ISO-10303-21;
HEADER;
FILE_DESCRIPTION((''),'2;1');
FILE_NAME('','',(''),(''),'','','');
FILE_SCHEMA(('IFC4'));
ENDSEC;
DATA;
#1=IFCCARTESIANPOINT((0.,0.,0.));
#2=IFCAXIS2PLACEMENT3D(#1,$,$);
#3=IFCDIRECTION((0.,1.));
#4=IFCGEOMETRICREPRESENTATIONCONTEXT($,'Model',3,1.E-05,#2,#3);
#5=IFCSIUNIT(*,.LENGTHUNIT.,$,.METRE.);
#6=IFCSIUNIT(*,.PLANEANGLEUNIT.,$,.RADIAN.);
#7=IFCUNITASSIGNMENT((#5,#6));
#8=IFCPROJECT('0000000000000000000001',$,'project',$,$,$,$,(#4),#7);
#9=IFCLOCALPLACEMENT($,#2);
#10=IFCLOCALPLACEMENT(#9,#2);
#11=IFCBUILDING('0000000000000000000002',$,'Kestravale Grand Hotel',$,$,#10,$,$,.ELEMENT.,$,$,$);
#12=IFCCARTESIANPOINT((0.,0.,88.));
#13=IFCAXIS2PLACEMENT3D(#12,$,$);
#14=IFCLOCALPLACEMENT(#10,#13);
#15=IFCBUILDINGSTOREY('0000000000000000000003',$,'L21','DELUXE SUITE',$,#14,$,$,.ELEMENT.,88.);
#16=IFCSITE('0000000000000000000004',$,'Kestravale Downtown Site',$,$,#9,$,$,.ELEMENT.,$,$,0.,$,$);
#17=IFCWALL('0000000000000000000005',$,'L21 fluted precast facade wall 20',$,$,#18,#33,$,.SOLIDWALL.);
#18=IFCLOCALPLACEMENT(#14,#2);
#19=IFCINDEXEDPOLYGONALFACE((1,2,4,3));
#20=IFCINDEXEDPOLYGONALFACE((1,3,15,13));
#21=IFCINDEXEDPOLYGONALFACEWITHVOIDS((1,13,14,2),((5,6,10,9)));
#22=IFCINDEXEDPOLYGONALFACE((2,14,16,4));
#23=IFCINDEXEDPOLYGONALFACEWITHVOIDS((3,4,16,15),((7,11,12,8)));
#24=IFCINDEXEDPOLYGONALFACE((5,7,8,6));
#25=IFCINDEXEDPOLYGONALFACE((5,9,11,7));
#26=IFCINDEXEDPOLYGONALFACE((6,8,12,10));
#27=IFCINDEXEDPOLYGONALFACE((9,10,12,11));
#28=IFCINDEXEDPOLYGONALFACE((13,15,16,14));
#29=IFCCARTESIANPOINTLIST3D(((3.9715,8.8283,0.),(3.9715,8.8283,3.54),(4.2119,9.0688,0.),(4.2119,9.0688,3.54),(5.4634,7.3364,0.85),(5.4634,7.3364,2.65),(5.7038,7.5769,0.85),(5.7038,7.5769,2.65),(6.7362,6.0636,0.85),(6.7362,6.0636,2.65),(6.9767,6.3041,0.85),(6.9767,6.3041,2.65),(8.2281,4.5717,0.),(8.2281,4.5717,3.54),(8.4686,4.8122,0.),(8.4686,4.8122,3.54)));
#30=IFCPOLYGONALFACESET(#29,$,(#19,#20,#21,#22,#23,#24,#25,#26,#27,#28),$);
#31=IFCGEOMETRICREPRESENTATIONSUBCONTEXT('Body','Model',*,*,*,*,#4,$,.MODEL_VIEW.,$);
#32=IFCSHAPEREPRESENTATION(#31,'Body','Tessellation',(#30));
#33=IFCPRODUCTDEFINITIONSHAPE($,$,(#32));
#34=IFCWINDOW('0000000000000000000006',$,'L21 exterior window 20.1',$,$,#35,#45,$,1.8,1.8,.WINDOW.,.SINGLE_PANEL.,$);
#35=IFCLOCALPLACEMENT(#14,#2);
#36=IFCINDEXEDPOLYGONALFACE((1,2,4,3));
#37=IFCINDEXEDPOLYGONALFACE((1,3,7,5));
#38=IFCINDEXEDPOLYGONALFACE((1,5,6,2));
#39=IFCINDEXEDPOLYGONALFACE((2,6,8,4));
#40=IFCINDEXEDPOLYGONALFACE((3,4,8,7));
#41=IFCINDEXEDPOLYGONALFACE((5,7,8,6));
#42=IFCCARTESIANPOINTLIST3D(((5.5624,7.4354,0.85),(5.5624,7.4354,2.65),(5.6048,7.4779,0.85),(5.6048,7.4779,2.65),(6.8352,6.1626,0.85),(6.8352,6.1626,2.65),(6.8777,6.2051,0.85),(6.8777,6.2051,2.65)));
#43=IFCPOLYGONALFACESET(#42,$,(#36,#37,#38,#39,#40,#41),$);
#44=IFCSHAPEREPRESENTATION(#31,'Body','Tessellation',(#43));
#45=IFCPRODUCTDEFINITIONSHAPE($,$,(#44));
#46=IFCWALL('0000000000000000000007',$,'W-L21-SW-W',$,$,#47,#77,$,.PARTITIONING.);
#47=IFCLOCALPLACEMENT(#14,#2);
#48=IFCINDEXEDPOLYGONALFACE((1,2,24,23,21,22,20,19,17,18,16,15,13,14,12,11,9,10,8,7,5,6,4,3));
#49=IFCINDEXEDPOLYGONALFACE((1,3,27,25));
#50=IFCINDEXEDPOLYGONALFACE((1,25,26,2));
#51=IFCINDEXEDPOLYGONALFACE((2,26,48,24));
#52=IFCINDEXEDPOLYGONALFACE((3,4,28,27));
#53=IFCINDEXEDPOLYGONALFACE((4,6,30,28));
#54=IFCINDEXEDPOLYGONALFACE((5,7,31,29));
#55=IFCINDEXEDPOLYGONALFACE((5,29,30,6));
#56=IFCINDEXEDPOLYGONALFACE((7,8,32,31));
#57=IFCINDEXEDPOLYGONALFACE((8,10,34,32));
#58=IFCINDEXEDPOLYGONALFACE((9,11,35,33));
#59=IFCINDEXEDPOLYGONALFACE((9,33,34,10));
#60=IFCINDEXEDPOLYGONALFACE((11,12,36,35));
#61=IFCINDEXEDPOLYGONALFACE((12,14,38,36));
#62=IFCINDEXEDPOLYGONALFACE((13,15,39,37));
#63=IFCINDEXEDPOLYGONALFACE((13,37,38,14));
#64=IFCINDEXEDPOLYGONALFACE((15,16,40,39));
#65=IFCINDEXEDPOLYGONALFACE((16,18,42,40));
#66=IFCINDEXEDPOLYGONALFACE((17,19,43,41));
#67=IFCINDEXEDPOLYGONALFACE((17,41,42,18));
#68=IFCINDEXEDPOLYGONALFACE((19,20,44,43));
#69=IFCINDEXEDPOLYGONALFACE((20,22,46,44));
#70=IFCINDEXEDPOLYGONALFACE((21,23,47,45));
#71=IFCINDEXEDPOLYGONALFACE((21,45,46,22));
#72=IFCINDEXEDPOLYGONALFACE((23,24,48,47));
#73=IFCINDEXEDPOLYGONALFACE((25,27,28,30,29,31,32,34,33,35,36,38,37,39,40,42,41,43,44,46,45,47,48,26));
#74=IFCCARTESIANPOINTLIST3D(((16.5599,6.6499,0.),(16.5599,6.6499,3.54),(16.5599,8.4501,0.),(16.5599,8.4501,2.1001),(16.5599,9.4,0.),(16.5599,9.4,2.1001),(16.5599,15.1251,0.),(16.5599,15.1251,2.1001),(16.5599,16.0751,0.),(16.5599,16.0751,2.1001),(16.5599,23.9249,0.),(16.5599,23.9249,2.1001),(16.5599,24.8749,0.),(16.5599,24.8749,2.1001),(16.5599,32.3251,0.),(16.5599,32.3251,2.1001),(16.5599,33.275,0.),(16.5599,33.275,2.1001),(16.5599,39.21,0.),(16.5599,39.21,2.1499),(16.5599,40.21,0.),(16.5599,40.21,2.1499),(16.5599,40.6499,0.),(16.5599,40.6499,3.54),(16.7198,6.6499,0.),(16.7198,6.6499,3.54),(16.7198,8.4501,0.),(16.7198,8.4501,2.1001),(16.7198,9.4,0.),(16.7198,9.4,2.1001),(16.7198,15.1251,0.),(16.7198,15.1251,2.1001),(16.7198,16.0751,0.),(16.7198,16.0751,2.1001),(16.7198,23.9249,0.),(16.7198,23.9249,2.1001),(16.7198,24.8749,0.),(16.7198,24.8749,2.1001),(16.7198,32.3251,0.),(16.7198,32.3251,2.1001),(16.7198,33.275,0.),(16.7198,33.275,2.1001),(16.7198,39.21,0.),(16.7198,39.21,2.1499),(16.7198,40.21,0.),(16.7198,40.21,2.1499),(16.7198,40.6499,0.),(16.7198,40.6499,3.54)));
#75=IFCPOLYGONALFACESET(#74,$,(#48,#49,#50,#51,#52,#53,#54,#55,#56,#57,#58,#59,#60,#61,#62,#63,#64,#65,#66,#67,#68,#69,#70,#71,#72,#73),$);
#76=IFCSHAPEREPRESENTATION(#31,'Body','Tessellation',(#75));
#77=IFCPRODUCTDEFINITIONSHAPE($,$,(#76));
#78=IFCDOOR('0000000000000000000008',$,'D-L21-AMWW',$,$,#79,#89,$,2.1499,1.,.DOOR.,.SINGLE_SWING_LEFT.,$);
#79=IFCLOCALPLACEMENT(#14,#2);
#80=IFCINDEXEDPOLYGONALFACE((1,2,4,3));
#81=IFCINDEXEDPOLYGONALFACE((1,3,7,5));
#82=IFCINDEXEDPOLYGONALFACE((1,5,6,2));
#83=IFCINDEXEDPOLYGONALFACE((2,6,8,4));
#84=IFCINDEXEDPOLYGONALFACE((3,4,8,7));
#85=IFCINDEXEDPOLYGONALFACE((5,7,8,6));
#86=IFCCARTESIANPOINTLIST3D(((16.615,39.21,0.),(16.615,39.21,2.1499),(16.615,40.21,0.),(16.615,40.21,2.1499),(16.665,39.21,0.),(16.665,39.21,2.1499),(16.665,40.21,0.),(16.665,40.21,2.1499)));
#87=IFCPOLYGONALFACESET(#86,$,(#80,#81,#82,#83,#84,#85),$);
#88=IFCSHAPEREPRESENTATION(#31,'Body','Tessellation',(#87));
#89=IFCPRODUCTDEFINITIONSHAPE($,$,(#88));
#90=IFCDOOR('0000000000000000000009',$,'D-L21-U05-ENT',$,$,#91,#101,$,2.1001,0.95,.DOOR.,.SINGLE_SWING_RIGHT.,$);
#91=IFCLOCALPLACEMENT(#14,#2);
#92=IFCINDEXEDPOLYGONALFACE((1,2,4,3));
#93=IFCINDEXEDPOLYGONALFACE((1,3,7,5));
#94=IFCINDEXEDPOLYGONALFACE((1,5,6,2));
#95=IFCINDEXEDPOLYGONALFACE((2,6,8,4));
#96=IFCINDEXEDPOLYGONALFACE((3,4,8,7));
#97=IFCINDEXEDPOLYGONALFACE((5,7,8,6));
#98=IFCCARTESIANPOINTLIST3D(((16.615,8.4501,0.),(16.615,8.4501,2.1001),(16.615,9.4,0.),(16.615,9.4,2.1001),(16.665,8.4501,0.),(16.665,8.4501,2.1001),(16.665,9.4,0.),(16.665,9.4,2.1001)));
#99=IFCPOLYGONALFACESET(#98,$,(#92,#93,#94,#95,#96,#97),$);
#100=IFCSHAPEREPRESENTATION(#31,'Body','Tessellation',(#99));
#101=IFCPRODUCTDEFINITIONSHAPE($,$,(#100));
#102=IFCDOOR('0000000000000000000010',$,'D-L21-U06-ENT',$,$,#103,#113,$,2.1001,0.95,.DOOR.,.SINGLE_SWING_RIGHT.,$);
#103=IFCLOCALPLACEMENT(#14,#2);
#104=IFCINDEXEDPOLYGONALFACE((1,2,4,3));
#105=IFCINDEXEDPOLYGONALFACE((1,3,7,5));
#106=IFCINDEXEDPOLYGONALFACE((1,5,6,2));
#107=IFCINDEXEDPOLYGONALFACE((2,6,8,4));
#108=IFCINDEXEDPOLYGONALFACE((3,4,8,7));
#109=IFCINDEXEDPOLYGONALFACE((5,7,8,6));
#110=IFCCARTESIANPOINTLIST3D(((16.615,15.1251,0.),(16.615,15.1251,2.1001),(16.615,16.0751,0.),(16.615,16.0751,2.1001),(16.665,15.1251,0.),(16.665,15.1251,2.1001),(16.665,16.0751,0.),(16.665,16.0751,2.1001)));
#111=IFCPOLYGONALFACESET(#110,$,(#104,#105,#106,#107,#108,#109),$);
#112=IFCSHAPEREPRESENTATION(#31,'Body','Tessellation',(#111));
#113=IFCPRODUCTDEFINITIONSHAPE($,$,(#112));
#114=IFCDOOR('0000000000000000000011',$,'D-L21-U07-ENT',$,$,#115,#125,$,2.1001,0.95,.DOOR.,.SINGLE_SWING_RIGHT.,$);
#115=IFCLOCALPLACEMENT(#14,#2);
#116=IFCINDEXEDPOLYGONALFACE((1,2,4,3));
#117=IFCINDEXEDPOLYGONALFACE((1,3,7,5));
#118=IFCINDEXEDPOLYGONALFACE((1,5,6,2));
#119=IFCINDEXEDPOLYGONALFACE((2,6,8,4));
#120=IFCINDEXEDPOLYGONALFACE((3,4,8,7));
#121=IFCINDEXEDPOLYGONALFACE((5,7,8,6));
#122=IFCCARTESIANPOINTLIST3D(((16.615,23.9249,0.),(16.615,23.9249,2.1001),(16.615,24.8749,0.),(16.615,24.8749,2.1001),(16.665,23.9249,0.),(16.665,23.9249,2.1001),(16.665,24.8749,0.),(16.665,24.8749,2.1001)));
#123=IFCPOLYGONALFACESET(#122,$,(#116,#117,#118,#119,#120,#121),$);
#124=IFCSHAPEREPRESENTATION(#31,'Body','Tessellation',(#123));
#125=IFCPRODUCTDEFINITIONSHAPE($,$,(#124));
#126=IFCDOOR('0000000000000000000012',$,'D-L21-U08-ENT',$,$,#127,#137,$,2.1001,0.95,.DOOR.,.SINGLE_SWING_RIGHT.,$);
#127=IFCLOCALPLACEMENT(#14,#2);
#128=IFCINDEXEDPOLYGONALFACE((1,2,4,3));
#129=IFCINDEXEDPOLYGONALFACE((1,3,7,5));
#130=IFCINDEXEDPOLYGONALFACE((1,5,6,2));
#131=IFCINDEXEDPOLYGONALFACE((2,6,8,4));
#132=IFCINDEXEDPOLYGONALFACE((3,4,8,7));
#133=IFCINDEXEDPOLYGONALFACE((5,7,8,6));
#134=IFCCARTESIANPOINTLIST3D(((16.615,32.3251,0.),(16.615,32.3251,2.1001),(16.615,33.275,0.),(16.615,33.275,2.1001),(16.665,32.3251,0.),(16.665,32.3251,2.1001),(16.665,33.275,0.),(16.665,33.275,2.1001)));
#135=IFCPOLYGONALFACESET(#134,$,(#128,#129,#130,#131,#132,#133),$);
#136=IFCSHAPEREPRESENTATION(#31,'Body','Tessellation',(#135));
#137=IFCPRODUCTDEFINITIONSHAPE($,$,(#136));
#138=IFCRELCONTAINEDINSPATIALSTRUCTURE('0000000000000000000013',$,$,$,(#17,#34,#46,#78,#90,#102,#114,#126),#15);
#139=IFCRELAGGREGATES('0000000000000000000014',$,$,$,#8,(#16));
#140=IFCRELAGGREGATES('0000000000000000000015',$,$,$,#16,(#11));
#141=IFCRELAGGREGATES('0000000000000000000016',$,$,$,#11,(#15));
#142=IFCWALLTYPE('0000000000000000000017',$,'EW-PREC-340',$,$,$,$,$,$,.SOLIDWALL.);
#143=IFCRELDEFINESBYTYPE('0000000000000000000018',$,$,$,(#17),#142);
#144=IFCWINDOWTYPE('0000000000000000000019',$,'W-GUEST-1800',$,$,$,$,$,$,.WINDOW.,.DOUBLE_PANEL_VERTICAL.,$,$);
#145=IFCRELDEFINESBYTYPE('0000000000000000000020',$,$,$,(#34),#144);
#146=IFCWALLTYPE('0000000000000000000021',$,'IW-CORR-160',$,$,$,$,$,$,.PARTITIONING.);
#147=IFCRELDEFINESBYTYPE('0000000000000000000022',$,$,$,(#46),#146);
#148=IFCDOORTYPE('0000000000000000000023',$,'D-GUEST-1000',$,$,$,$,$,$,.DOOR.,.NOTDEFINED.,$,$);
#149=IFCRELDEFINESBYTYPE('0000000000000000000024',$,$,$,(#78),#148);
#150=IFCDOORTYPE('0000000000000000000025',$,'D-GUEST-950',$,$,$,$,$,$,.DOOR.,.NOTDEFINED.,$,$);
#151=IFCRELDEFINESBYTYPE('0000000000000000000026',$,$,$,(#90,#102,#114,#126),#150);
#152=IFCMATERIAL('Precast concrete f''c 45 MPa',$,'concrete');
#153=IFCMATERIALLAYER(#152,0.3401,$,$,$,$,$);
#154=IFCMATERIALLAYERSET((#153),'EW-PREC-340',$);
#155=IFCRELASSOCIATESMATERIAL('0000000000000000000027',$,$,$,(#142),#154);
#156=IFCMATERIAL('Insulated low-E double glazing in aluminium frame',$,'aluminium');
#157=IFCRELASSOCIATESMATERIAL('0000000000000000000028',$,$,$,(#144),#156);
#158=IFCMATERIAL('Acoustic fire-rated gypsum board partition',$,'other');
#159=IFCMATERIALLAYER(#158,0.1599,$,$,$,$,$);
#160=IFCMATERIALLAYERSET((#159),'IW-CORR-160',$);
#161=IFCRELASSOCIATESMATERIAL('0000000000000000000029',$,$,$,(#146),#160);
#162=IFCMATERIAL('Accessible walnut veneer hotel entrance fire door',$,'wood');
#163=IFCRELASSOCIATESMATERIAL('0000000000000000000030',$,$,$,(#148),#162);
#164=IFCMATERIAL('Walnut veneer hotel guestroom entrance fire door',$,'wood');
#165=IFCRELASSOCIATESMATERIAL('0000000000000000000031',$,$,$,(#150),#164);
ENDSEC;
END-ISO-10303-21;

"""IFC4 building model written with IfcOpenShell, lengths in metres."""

from ifc_helpers import new_model, si_unit, direction, frame, frame_2d, origin, place, context, subcontext, project, spatial, rectangle, extrude, material, layer, layer_set, type_object, element, fill, save


model = new_model("IFC4")

# Units and contexts
model_context = context("Model", 3, precision=1e-05, world=origin(), true_north=direction((0.0, 1.0)))
body_context = subcontext(model_context, "Body", "Model", "MODEL_VIEW")
ifc_project = project(units=[si_unit("LENGTHUNIT", "METRE"), si_unit("PLANEANGLEUNIT", "RADIAN")], contexts=[model_context])

# Site, building, storey
site_placement = place(None, origin())
site = spatial("IfcSite", under=ifc_project, at=site_placement, Name="Kestravale Downtown Site", CompositionType="ELEMENT", RefElevation=0.0)
building_placement = place(site_placement, origin())
building = spatial("IfcBuilding", under=site, at=building_placement, Name="Kestravale Grand Hotel", CompositionType="ELEMENT")
storey_placement = place(building_placement, frame((0.0, 0.0, 88.0)))
storey = spatial("IfcBuildingStorey", under=building, at=storey_placement, Name="L21", Description="DELUXE SUITE", CompositionType="ELEMENT", Elevation=88.0)

# Shared definitions
ifc_material_1 = material(Name="Precast concrete f'c 45 MPa", Category="concrete")
ifc_layer_1 = layer(ifc_material_1, 0.3401)
ifc_layer_set_1 = layer_set([ifc_layer_1], Name="EW-PREC-340")
wall_type_1 = type_object("IfcWallType", Name="EW-PREC-340", PredefinedType="SOLIDWALL", material=ifc_layer_set_1)
ifc_material_2 = material(Name="Insulated low-E double glazing in aluminium frame", Category="aluminium")
window_type_1 = type_object("IfcWindowType", Name="W-GUEST-1800", PartitioningType="DOUBLE_PANEL_VERTICAL", PredefinedType="WINDOW", material=ifc_material_2)

# Wall, opening, window
wall_1_placement = place(storey_placement, frame((4.0918, 8.9485, 0.0), z_axis=(0.0, 0.0, 1.0), x_axis=(0.707107, -0.707107, 0.0)))
wall_1 = element("IfcWall", 1, at=wall_1_placement, inside=storey, type_object=wall_type_1, Name="L21 fluted precast facade wall 20", PredefinedType="SOLIDWALL", context=body_context, shape_type="SweptSolid", body=[
    extrude(rectangle(XDim=6.0198, YDim=0.3401, at=frame_2d((3.0098, 0.0))), origin(), (0.0, 0.0, 1.0), 3.54),
])
opening_1_placement = place(wall_1_placement, frame((2.1099, 0.0, 0.8501)))
opening_1 = element("IfcOpeningElement", 2, at=opening_1_placement, cuts=wall_1, PredefinedType="OPENING", context=body_context, shape_type="SweptSolid", body=[
    extrude(rectangle(XDim=1.8, YDim=1.8, at=frame_2d((0.8999, 0.8999))), frame((0.0, 0.1799, 0.0), z_axis=(0.0, -1.0, 0.0), x_axis=(1.0, 0.0, 0.0)), (0.0, 0.0, 1.0), 0.3601),
])
window_1_placement = place(opening_1_placement, origin())
window_1 = element("IfcWindow", 3, at=window_1_placement, inside=storey, type_object=window_type_1, Name="L21 exterior window 20.1", OverallHeight=1.8, OverallWidth=1.8, PartitioningType="SINGLE_PANEL", PredefinedType="WINDOW", context=body_context, shape_type="SweptSolid", body=[
    extrude(rectangle(XDim=1.8, YDim=1.8, at=frame_2d((0.8999, 0.8999))), frame((0.0, 0.03, 0.0), z_axis=(0.0, -1.0, 0.0), x_axis=(1.0, 0.0, 0.0)), (0.0, 0.0, 1.0), 0.0601),
])
fill(opening_1, window_1)

# Wall, openings, doors
ifc_material_3 = material(Name="Acoustic fire-rated gypsum board partition", Category="other")
ifc_layer_2 = layer(ifc_material_3, 0.1599)
ifc_layer_set_2 = layer_set([ifc_layer_2], Name="IW-CORR-160")
wall_type_2 = type_object("IfcWallType", Name="IW-CORR-160", PredefinedType="PARTITIONING", material=ifc_layer_set_2)
wall_2_placement = place(storey_placement, frame((16.6399, 6.6499, 0.0), z_axis=(0.0, 0.0, 1.0), x_axis=(0.0, 1.0, 0.0)))
wall_2 = element("IfcWall", 4, at=wall_2_placement, inside=storey, type_object=wall_type_2, Name="W-L21-SW-W", PredefinedType="PARTITIONING", context=body_context, shape_type="SweptSolid", body=[
    extrude(rectangle(XDim=34.0, YDim=0.1599, at=frame_2d((17.0, 0.0))), origin(), (0.0, 0.0, 1.0), 3.54),
])
opening_2_placement = place(wall_2_placement, frame((1.8, 0.0, 0.0)))
opening_2 = element("IfcOpeningElement", 5, at=opening_2_placement, cuts=wall_2, PredefinedType="OPENING", context=body_context, shape_type="SweptSolid", body=[
    extrude(rectangle(XDim=0.95, YDim=2.1001, at=frame_2d((0.4751, 1.05))), frame((0.0, 0.0898, 0.0), z_axis=(0.0, -1.0, 0.0), x_axis=(1.0, 0.0, 0.0)), (0.0, 0.0, 1.0), 0.1799),
])
opening_3_placement = place(wall_2_placement, frame((8.4751, 0.0, 0.0)))
opening_3 = element("IfcOpeningElement", 6, at=opening_3_placement, cuts=wall_2, PredefinedType="OPENING", context=body_context, shape_type="SweptSolid", body=[
    extrude(rectangle(XDim=0.95, YDim=2.1001, at=frame_2d((0.4751, 1.05))), frame((0.0, 0.0898, 0.0), z_axis=(0.0, -1.0, 0.0), x_axis=(1.0, 0.0, 0.0)), (0.0, 0.0, 1.0), 0.1799),
])
opening_4_placement = place(wall_2_placement, frame((17.2749, 0.0, 0.0)))
opening_4 = element("IfcOpeningElement", 7, at=opening_4_placement, cuts=wall_2, PredefinedType="OPENING", context=body_context, shape_type="SweptSolid", body=[
    extrude(rectangle(XDim=0.95, YDim=2.1001, at=frame_2d((0.4751, 1.05))), frame((0.0, 0.0898, 0.0), z_axis=(0.0, -1.0, 0.0), x_axis=(1.0, 0.0, 0.0)), (0.0, 0.0, 1.0), 0.1799),
])
opening_5_placement = place(wall_2_placement, frame((25.675, 0.0, 0.0)))
opening_5 = element("IfcOpeningElement", 8, at=opening_5_placement, cuts=wall_2, PredefinedType="OPENING", context=body_context, shape_type="SweptSolid", body=[
    extrude(rectangle(XDim=0.95, YDim=2.1001, at=frame_2d((0.4751, 1.05))), frame((0.0, 0.0898, 0.0), z_axis=(0.0, -1.0, 0.0), x_axis=(1.0, 0.0, 0.0)), (0.0, 0.0, 1.0), 0.1799),
])
opening_6_placement = place(wall_2_placement, frame((32.5601, 0.0, 0.0)))
opening_6 = element("IfcOpeningElement", 9, at=opening_6_placement, cuts=wall_2, PredefinedType="OPENING", context=body_context, shape_type="SweptSolid", body=[
    extrude(rectangle(XDim=1.0, YDim=2.1499, at=frame_2d((0.5, 1.075))), frame((0.0, 0.0898, 0.0), z_axis=(0.0, -1.0, 0.0), x_axis=(1.0, 0.0, 0.0)), (0.0, 0.0, 1.0), 0.1799),
])
ifc_material_4 = material(Name="Accessible walnut veneer hotel entrance fire door", Category="wood")
door_type_1 = type_object("IfcDoorType", Name="D-GUEST-1000", OperationType="NOTDEFINED", PredefinedType="DOOR", material=ifc_material_4)
door_1_placement = place(opening_6_placement, origin())
door_1 = element("IfcDoor", 10, at=door_1_placement, inside=storey, type_object=door_type_1, Name="D-L21-AMWW", OperationType="SINGLE_SWING_LEFT", OverallHeight=2.1499, OverallWidth=1.0, PredefinedType="DOOR", context=body_context, shape_type="SweptSolid", body=[
    extrude(rectangle(XDim=1.0, YDim=2.1499, at=frame_2d((0.5, 1.075))), frame((0.0, 0.0249, 0.0), z_axis=(0.0, -1.0, 0.0), x_axis=(1.0, 0.0, 0.0)), (0.0, 0.0, 1.0), 0.05),
])
fill(opening_6, door_1)
ifc_material_5 = material(Name="Walnut veneer hotel guestroom entrance fire door", Category="wood")
door_type_2 = type_object("IfcDoorType", Name="D-GUEST-950", OperationType="NOTDEFINED", PredefinedType="DOOR", material=ifc_material_5)
door_2_placement = place(opening_2_placement, origin())
door_2 = element("IfcDoor", 11, at=door_2_placement, inside=storey, type_object=door_type_2, Name="D-L21-U05-ENT", OperationType="SINGLE_SWING_RIGHT", OverallHeight=2.1001, OverallWidth=0.95, PredefinedType="DOOR", context=body_context, shape_type="SweptSolid", body=[
    extrude(rectangle(XDim=0.95, YDim=2.1001, at=frame_2d((0.4751, 1.05))), frame((0.0, 0.0249, 0.0), z_axis=(0.0, -1.0, 0.0), x_axis=(1.0, 0.0, 0.0)), (0.0, 0.0, 1.0), 0.05),
])
fill(opening_2, door_2)
door_3_placement = place(opening_3_placement, origin())
door_3 = element("IfcDoor", 12, at=door_3_placement, inside=storey, type_object=door_type_2, Name="D-L21-U06-ENT", OperationType="SINGLE_SWING_RIGHT", OverallHeight=2.1001, OverallWidth=0.95, PredefinedType="DOOR", context=body_context, shape_type="SweptSolid", body=[
    extrude(rectangle(XDim=0.95, YDim=2.1001, at=frame_2d((0.4751, 1.05))), frame((0.0, 0.0249, 0.0), z_axis=(0.0, -1.0, 0.0), x_axis=(1.0, 0.0, 0.0)), (0.0, 0.0, 1.0), 0.05),
])
fill(opening_3, door_3)
door_4_placement = place(opening_4_placement, origin())
door_4 = element("IfcDoor", 13, at=door_4_placement, inside=storey, type_object=door_type_2, Name="D-L21-U07-ENT", OperationType="SINGLE_SWING_RIGHT", OverallHeight=2.1001, OverallWidth=0.95, PredefinedType="DOOR", context=body_context, shape_type="SweptSolid", body=[
    extrude(rectangle(XDim=0.95, YDim=2.1001, at=frame_2d((0.4751, 1.05))), frame((0.0, 0.0249, 0.0), z_axis=(0.0, -1.0, 0.0), x_axis=(1.0, 0.0, 0.0)), (0.0, 0.0, 1.0), 0.05),
])
fill(opening_4, door_4)
door_5_placement = place(opening_5_placement, origin())
door_5 = element("IfcDoor", 14, at=door_5_placement, inside=storey, type_object=door_type_2, Name="D-L21-U08-ENT", OperationType="SINGLE_SWING_RIGHT", OverallHeight=2.1001, OverallWidth=0.95, PredefinedType="DOOR", context=body_context, shape_type="SweptSolid", body=[
    extrude(rectangle(XDim=0.95, YDim=2.1001, at=frame_2d((0.4751, 1.05))), frame((0.0, 0.0249, 0.0), z_axis=(0.0, -1.0, 0.0), x_axis=(1.0, 0.0, 0.0)), (0.0, 0.0, 1.0), 0.05),
])
fill(opening_5, door_5)

save(model, "model.ifc")
